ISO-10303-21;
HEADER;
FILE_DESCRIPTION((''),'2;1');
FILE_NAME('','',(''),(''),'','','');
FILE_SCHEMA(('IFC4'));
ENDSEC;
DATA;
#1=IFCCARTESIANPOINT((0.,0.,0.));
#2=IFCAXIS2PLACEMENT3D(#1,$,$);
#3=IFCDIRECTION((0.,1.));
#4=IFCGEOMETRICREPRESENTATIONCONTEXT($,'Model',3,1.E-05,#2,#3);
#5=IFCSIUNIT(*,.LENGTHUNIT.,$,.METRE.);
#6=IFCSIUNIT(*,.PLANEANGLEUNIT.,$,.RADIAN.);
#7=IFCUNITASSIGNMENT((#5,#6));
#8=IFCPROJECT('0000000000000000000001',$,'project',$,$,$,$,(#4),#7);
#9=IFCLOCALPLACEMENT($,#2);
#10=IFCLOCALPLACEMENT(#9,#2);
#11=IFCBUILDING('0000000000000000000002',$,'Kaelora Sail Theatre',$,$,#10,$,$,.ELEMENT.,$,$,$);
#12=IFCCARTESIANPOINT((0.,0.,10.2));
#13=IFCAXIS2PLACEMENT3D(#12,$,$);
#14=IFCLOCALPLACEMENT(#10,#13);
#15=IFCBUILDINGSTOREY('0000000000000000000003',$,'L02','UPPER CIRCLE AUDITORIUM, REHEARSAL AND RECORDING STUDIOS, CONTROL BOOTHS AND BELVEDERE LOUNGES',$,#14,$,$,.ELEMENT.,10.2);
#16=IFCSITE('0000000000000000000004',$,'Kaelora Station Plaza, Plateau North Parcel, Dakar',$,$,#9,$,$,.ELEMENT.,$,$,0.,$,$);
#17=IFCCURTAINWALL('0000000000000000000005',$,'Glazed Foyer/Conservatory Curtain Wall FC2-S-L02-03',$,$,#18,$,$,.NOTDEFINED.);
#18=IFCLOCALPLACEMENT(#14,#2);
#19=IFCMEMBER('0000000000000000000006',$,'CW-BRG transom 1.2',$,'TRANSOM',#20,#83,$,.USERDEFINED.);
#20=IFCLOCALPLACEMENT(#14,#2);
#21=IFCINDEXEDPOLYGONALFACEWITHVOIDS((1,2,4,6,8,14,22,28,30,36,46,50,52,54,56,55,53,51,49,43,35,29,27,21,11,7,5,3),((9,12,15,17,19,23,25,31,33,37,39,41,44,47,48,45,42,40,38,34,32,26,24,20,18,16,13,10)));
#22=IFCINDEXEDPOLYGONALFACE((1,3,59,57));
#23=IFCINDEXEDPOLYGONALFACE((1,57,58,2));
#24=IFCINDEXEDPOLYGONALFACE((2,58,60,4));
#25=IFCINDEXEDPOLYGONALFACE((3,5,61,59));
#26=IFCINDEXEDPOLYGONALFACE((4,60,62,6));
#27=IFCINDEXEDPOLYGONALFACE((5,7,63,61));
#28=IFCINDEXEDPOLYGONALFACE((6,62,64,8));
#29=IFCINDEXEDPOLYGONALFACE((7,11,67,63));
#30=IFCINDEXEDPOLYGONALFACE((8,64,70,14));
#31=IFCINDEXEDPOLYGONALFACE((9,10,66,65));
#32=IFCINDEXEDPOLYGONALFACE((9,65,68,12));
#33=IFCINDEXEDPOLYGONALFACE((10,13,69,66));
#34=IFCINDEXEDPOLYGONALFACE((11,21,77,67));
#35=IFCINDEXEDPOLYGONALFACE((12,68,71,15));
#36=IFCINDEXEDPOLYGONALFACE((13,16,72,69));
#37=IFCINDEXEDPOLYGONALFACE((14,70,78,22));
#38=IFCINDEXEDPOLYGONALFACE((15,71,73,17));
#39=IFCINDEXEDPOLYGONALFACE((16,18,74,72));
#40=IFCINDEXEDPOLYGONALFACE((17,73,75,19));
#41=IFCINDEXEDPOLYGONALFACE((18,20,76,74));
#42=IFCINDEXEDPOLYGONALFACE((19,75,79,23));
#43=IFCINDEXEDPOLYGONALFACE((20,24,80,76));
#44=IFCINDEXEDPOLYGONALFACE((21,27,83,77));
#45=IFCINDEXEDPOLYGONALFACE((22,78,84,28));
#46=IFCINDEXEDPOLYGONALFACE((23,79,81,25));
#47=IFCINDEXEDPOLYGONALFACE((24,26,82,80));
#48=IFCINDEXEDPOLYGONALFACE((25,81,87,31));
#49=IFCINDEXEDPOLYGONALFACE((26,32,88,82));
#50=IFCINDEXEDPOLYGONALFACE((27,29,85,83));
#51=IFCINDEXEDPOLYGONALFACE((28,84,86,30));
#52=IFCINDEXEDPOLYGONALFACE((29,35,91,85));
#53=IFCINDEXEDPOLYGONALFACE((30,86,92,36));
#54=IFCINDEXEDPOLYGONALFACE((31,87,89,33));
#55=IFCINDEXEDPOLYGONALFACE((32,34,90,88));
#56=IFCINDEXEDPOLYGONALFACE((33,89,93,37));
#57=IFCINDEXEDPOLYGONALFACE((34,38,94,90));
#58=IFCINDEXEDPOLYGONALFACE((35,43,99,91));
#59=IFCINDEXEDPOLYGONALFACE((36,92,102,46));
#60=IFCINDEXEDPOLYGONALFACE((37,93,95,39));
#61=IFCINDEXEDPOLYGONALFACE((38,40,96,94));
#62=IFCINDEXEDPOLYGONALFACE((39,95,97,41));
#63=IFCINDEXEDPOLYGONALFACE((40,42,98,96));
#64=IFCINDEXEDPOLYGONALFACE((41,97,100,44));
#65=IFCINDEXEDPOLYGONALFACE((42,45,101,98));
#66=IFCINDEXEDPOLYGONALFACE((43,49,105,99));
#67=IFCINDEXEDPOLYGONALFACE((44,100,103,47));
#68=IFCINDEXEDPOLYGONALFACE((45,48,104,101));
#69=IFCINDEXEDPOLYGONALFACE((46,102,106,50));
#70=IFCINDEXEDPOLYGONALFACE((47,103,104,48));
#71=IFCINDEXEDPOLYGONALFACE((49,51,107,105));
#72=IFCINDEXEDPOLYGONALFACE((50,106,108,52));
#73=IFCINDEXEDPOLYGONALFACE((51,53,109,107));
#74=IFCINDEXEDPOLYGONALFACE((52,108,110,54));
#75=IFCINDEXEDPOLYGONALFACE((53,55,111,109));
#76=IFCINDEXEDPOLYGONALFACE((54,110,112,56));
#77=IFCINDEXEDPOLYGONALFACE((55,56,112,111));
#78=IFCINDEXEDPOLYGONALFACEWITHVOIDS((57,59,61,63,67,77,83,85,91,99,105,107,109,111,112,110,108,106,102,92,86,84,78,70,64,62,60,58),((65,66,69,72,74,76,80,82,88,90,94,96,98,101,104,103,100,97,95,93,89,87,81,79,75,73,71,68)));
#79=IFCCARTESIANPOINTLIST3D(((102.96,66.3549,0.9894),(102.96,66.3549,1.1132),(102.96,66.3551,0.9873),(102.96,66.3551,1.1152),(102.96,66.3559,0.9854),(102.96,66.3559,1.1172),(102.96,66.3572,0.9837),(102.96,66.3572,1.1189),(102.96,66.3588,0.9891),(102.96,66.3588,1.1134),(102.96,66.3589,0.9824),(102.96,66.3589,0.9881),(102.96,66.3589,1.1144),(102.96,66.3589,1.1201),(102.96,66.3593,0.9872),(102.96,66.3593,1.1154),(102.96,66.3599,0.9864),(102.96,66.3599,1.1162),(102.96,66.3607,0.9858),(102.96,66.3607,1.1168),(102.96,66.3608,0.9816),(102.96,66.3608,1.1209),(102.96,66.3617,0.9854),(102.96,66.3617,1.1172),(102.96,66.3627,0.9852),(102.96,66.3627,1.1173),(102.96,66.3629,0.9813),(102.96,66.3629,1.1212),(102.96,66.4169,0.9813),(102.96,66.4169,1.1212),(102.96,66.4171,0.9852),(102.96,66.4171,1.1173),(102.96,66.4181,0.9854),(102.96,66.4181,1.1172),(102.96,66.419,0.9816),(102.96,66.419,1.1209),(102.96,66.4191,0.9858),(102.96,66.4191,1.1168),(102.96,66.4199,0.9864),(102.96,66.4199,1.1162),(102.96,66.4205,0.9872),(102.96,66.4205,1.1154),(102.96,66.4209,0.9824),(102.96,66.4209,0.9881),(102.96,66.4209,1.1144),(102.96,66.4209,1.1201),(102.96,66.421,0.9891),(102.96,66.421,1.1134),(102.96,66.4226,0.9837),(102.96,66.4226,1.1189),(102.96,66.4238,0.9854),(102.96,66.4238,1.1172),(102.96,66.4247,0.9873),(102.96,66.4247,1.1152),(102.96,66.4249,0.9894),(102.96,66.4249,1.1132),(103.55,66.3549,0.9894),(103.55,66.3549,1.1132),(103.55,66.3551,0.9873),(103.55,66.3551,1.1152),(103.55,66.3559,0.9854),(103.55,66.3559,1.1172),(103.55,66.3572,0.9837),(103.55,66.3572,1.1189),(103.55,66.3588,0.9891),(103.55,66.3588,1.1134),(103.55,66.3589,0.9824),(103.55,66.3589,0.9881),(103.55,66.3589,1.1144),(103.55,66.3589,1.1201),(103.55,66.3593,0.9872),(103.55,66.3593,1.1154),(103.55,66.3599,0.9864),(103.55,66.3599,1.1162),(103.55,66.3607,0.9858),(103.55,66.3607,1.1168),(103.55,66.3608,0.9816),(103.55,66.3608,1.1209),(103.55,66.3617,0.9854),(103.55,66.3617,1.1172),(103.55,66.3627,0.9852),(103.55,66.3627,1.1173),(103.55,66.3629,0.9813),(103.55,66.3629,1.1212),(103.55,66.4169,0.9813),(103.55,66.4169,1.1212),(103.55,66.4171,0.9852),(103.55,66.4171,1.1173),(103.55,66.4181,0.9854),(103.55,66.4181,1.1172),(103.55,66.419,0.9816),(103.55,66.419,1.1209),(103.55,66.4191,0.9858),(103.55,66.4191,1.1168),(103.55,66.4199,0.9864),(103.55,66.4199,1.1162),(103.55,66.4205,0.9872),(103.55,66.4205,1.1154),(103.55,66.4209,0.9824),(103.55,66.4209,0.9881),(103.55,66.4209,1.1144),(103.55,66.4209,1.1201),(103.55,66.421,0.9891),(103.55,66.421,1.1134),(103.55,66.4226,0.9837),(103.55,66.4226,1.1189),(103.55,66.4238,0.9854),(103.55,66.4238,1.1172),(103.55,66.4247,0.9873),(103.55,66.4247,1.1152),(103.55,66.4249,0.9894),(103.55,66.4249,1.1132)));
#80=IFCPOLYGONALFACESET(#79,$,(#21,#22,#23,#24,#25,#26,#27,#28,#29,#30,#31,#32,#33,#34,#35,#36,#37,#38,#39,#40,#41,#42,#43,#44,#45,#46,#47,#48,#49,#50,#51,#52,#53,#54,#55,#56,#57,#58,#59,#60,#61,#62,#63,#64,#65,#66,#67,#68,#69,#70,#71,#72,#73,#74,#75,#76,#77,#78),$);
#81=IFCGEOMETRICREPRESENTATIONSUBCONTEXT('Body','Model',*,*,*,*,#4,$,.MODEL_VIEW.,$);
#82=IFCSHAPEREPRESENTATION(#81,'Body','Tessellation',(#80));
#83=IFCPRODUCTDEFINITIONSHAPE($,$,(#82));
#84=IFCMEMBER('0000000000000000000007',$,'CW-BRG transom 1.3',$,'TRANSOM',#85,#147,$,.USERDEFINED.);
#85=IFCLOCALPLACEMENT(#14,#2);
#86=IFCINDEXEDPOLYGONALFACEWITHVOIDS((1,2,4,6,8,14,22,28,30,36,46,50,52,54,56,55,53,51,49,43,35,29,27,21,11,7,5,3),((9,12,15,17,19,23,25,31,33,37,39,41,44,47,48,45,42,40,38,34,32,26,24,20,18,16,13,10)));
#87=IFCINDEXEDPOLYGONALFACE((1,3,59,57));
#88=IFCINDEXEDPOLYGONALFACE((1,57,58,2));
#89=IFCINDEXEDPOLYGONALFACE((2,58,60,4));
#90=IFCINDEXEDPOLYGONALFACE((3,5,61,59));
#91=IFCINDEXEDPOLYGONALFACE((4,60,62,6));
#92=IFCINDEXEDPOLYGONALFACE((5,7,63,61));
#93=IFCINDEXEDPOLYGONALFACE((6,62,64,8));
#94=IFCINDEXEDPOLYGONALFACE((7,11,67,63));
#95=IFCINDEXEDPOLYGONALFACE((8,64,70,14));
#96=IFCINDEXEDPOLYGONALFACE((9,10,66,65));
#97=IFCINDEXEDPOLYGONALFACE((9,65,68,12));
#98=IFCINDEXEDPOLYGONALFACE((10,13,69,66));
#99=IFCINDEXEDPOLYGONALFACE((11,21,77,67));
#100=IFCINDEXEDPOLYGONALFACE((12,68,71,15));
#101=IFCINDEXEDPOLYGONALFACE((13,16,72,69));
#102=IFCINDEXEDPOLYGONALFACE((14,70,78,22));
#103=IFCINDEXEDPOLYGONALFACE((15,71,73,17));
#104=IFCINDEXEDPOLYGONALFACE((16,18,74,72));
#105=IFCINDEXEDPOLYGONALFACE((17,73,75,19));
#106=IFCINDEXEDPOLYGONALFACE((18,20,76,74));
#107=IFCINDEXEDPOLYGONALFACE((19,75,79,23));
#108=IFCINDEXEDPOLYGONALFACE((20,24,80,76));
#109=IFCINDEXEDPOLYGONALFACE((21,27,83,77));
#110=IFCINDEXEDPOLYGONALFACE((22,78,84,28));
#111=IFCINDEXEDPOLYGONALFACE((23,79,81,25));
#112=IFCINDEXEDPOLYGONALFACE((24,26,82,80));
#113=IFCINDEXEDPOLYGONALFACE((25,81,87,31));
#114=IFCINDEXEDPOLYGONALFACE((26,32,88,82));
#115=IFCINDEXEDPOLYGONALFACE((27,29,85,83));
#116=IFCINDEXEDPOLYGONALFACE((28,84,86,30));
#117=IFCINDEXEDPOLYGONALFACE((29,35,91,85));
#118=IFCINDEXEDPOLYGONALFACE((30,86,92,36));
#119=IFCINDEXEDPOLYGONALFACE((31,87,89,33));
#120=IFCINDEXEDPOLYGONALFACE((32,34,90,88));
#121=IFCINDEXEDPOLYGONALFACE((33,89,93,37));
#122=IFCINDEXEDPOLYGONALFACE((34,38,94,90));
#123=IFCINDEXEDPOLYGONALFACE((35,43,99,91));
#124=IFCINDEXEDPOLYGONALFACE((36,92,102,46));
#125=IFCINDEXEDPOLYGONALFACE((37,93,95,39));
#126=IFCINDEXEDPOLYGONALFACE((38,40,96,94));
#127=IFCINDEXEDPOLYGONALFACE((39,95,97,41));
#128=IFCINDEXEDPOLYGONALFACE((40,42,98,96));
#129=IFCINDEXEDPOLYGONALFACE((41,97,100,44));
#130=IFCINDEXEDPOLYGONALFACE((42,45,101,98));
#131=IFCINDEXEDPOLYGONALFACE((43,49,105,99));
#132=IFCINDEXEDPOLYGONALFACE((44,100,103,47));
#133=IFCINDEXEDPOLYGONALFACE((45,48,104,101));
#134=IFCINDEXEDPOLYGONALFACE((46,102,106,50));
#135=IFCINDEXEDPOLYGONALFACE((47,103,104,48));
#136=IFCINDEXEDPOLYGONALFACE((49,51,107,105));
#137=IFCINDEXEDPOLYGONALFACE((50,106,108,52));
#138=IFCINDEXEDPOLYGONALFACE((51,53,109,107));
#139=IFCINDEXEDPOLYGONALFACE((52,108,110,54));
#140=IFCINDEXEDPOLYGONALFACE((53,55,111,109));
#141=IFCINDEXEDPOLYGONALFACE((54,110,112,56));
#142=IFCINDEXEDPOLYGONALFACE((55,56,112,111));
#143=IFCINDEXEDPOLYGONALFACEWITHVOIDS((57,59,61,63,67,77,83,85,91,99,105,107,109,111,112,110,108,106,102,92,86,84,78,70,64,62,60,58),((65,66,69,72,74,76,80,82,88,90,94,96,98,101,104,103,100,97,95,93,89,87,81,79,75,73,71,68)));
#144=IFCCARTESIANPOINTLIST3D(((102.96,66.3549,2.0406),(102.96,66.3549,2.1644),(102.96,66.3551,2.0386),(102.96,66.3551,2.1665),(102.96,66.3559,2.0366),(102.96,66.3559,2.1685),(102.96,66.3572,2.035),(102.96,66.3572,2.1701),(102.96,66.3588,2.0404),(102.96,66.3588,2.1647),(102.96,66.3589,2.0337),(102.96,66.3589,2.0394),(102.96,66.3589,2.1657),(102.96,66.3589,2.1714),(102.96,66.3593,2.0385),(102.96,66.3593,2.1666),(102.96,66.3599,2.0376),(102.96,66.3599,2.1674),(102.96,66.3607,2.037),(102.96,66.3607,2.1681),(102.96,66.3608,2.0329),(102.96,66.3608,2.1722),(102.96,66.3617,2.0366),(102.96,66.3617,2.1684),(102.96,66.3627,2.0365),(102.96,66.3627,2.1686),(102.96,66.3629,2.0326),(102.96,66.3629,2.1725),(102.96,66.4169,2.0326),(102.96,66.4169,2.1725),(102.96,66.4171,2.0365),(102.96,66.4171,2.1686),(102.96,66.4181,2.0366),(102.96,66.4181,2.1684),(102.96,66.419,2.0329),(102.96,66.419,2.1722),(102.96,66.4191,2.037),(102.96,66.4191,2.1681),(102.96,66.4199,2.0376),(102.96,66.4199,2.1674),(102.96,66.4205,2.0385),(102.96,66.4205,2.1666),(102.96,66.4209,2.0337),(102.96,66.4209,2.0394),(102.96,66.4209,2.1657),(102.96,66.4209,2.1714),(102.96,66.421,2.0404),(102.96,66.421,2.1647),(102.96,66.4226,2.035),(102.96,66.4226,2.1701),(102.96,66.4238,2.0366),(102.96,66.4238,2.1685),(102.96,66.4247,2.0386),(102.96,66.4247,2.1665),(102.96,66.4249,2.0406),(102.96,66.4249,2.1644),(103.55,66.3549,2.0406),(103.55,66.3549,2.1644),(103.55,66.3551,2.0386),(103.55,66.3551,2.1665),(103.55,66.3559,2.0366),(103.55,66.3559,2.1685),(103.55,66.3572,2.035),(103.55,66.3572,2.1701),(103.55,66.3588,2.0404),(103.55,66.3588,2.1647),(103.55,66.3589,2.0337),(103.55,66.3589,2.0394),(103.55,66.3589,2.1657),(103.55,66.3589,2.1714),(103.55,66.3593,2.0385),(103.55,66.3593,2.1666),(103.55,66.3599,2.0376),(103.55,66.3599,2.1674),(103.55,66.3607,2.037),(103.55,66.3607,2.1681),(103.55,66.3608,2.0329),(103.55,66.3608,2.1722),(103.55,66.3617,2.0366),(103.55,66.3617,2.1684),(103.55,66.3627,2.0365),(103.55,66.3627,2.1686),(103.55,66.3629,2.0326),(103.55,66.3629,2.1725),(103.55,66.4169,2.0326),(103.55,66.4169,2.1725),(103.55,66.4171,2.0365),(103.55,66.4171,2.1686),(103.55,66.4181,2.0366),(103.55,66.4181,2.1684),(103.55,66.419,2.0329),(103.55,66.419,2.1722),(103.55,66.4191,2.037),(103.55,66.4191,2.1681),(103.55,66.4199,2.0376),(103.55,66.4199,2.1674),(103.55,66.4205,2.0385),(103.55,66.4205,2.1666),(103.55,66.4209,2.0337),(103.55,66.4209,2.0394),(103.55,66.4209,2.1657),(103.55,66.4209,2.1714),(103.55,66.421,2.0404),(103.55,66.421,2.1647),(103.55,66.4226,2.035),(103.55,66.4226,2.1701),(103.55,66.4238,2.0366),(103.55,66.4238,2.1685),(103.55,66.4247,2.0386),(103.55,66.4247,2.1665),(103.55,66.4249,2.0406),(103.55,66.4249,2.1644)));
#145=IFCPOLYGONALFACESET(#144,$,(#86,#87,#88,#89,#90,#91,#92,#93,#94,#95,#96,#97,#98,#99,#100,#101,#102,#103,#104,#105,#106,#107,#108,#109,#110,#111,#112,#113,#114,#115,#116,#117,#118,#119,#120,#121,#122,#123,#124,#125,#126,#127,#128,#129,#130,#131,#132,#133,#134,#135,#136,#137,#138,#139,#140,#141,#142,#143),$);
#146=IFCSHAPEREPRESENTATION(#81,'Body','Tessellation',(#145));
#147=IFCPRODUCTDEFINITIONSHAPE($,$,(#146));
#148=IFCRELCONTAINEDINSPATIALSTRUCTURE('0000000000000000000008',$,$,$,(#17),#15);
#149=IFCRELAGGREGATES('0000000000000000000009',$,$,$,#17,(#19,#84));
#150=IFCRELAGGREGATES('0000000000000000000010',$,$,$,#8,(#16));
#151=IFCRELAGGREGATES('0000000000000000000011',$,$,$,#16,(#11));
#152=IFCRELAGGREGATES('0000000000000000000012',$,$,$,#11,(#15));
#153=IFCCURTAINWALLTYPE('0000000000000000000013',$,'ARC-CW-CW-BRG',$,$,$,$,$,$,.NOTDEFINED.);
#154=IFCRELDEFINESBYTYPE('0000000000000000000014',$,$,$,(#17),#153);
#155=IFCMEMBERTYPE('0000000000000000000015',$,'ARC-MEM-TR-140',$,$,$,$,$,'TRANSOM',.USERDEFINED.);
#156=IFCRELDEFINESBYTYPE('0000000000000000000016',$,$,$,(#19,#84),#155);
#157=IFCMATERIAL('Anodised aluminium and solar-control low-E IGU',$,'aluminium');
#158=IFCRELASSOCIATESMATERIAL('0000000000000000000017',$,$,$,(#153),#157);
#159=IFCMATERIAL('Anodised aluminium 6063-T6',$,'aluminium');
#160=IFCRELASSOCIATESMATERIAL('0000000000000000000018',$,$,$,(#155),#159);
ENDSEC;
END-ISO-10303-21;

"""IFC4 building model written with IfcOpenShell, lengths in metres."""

from ifc_helpers import new_model, si_unit, direction, frame, origin, origin_2d, place, context, subcontext, project, spatial, hollow_rectangle, extrude, material, material_profile, profile_set, type_object, element, aggregate, save


model = new_model("IFC4")

# Units and contexts
model_context = context("Model", 3, precision=1e-05, world=origin(), true_north=direction((0.0, 1.0)))
body_context = subcontext(model_context, "Body", "Model", "MODEL_VIEW")
ifc_project = project(units=[si_unit("LENGTHUNIT", "METRE"), si_unit("PLANEANGLEUNIT", "RADIAN")], contexts=[model_context])

# Site, building, storey
site_placement = place(None, origin())
site = spatial("IfcSite", under=ifc_project, at=site_placement, Name="Kaelora Station Plaza, Plateau North Parcel, Dakar", CompositionType="ELEMENT", RefElevation=0.0)
building_placement = place(site_placement, origin())
building = spatial("IfcBuilding", under=site, at=building_placement, Name="Kaelora Sail Theatre", CompositionType="ELEMENT")
storey_placement = place(building_placement, frame((0.0, 0.0, 10.2)))
storey = spatial("IfcBuildingStorey", under=building, at=storey_placement, Name="L02", Description="UPPER CIRCLE AUDITORIUM, REHEARSAL AND RECORDING STUDIOS, CONTROL BOOTHS AND BELVEDERE LOUNGES", CompositionType="ELEMENT", Elevation=10.2)

# Shared definitions
ifc_material_1 = material(Name="Anodised aluminium and solar-control low-E IGU", Category="aluminium")
curtain_wall_type = type_object("IfcCurtainWallType", Name="ARC-CW-CW-BRG", PredefinedType="NOTDEFINED", material=ifc_material_1)

# Curtain wall, members
curtain_wall_1_placement = place(storey_placement, origin())
curtain_wall_1 = element("IfcCurtainWall", 1, at=curtain_wall_1_placement, inside=storey, type_object=curtain_wall_type, Name="Glazed Foyer/Conservatory Curtain Wall FC2-S-L02-03", PredefinedType="NOTDEFINED")
ifc_material_2 = material(Name="Anodised aluminium 6063-T6", Category="aluminium")
ifc_material_profile_1 = material_profile(ifc_material_2, hollow_rectangle(XDim=0.0701, YDim=0.1399, WallThickness=0.0039, InnerFilletRadius=0.0039, OuterFilletRadius=0.0081, at=origin_2d()), Name="ALU-TRAN 70x140x4")
ifc_profile_set_1 = profile_set([ifc_material_profile_1], Name="Anodised aluminium 6063-T6")
member_type_1 = type_object("IfcMemberType", Name="ARC-MEM-TR-140", ElementType="TRANSOM", PredefinedType="USERDEFINED", material=ifc_profile_set_1)
member_1_placement = place(storey_placement, frame((102.96, 66.3899, 1.0513), z_axis=(1.0, 0.0, 0.0), x_axis=(0.0, 1.0, 0.0)))
member_1 = element("IfcMember", 2, at=member_1_placement, type_object=member_type_1, Name="CW-BRG transom 1.2", ObjectType="TRANSOM", PredefinedType="USERDEFINED", context=body_context, shape_type="SweptSolid", body=[
    extrude(hollow_rectangle(XDim=0.0701, YDim=0.1399, WallThickness=0.0039, InnerFilletRadius=0.0039, OuterFilletRadius=0.0081, at=origin_2d()), origin(), (0.0, 0.0, 1.0), 0.5901),
])
member_2_placement = place(storey_placement, frame((102.96, 66.3899, 2.1025), z_axis=(1.0, 0.0, 0.0), x_axis=(0.0, 1.0, 0.0)))
member_2 = element("IfcMember", 3, at=member_2_placement, type_object=member_type_1, Name="CW-BRG transom 1.3", ObjectType="TRANSOM", PredefinedType="USERDEFINED", context=body_context, shape_type="SweptSolid", body=[
    extrude(hollow_rectangle(XDim=0.0701, YDim=0.1399, WallThickness=0.0039, InnerFilletRadius=0.0039, OuterFilletRadius=0.0081, at=origin_2d()), origin(), (0.0, 0.0, 1.0), 0.5901),
])

aggregate(curtain_wall_1, [member_1, member_2])

save(model, "model.ifc")
